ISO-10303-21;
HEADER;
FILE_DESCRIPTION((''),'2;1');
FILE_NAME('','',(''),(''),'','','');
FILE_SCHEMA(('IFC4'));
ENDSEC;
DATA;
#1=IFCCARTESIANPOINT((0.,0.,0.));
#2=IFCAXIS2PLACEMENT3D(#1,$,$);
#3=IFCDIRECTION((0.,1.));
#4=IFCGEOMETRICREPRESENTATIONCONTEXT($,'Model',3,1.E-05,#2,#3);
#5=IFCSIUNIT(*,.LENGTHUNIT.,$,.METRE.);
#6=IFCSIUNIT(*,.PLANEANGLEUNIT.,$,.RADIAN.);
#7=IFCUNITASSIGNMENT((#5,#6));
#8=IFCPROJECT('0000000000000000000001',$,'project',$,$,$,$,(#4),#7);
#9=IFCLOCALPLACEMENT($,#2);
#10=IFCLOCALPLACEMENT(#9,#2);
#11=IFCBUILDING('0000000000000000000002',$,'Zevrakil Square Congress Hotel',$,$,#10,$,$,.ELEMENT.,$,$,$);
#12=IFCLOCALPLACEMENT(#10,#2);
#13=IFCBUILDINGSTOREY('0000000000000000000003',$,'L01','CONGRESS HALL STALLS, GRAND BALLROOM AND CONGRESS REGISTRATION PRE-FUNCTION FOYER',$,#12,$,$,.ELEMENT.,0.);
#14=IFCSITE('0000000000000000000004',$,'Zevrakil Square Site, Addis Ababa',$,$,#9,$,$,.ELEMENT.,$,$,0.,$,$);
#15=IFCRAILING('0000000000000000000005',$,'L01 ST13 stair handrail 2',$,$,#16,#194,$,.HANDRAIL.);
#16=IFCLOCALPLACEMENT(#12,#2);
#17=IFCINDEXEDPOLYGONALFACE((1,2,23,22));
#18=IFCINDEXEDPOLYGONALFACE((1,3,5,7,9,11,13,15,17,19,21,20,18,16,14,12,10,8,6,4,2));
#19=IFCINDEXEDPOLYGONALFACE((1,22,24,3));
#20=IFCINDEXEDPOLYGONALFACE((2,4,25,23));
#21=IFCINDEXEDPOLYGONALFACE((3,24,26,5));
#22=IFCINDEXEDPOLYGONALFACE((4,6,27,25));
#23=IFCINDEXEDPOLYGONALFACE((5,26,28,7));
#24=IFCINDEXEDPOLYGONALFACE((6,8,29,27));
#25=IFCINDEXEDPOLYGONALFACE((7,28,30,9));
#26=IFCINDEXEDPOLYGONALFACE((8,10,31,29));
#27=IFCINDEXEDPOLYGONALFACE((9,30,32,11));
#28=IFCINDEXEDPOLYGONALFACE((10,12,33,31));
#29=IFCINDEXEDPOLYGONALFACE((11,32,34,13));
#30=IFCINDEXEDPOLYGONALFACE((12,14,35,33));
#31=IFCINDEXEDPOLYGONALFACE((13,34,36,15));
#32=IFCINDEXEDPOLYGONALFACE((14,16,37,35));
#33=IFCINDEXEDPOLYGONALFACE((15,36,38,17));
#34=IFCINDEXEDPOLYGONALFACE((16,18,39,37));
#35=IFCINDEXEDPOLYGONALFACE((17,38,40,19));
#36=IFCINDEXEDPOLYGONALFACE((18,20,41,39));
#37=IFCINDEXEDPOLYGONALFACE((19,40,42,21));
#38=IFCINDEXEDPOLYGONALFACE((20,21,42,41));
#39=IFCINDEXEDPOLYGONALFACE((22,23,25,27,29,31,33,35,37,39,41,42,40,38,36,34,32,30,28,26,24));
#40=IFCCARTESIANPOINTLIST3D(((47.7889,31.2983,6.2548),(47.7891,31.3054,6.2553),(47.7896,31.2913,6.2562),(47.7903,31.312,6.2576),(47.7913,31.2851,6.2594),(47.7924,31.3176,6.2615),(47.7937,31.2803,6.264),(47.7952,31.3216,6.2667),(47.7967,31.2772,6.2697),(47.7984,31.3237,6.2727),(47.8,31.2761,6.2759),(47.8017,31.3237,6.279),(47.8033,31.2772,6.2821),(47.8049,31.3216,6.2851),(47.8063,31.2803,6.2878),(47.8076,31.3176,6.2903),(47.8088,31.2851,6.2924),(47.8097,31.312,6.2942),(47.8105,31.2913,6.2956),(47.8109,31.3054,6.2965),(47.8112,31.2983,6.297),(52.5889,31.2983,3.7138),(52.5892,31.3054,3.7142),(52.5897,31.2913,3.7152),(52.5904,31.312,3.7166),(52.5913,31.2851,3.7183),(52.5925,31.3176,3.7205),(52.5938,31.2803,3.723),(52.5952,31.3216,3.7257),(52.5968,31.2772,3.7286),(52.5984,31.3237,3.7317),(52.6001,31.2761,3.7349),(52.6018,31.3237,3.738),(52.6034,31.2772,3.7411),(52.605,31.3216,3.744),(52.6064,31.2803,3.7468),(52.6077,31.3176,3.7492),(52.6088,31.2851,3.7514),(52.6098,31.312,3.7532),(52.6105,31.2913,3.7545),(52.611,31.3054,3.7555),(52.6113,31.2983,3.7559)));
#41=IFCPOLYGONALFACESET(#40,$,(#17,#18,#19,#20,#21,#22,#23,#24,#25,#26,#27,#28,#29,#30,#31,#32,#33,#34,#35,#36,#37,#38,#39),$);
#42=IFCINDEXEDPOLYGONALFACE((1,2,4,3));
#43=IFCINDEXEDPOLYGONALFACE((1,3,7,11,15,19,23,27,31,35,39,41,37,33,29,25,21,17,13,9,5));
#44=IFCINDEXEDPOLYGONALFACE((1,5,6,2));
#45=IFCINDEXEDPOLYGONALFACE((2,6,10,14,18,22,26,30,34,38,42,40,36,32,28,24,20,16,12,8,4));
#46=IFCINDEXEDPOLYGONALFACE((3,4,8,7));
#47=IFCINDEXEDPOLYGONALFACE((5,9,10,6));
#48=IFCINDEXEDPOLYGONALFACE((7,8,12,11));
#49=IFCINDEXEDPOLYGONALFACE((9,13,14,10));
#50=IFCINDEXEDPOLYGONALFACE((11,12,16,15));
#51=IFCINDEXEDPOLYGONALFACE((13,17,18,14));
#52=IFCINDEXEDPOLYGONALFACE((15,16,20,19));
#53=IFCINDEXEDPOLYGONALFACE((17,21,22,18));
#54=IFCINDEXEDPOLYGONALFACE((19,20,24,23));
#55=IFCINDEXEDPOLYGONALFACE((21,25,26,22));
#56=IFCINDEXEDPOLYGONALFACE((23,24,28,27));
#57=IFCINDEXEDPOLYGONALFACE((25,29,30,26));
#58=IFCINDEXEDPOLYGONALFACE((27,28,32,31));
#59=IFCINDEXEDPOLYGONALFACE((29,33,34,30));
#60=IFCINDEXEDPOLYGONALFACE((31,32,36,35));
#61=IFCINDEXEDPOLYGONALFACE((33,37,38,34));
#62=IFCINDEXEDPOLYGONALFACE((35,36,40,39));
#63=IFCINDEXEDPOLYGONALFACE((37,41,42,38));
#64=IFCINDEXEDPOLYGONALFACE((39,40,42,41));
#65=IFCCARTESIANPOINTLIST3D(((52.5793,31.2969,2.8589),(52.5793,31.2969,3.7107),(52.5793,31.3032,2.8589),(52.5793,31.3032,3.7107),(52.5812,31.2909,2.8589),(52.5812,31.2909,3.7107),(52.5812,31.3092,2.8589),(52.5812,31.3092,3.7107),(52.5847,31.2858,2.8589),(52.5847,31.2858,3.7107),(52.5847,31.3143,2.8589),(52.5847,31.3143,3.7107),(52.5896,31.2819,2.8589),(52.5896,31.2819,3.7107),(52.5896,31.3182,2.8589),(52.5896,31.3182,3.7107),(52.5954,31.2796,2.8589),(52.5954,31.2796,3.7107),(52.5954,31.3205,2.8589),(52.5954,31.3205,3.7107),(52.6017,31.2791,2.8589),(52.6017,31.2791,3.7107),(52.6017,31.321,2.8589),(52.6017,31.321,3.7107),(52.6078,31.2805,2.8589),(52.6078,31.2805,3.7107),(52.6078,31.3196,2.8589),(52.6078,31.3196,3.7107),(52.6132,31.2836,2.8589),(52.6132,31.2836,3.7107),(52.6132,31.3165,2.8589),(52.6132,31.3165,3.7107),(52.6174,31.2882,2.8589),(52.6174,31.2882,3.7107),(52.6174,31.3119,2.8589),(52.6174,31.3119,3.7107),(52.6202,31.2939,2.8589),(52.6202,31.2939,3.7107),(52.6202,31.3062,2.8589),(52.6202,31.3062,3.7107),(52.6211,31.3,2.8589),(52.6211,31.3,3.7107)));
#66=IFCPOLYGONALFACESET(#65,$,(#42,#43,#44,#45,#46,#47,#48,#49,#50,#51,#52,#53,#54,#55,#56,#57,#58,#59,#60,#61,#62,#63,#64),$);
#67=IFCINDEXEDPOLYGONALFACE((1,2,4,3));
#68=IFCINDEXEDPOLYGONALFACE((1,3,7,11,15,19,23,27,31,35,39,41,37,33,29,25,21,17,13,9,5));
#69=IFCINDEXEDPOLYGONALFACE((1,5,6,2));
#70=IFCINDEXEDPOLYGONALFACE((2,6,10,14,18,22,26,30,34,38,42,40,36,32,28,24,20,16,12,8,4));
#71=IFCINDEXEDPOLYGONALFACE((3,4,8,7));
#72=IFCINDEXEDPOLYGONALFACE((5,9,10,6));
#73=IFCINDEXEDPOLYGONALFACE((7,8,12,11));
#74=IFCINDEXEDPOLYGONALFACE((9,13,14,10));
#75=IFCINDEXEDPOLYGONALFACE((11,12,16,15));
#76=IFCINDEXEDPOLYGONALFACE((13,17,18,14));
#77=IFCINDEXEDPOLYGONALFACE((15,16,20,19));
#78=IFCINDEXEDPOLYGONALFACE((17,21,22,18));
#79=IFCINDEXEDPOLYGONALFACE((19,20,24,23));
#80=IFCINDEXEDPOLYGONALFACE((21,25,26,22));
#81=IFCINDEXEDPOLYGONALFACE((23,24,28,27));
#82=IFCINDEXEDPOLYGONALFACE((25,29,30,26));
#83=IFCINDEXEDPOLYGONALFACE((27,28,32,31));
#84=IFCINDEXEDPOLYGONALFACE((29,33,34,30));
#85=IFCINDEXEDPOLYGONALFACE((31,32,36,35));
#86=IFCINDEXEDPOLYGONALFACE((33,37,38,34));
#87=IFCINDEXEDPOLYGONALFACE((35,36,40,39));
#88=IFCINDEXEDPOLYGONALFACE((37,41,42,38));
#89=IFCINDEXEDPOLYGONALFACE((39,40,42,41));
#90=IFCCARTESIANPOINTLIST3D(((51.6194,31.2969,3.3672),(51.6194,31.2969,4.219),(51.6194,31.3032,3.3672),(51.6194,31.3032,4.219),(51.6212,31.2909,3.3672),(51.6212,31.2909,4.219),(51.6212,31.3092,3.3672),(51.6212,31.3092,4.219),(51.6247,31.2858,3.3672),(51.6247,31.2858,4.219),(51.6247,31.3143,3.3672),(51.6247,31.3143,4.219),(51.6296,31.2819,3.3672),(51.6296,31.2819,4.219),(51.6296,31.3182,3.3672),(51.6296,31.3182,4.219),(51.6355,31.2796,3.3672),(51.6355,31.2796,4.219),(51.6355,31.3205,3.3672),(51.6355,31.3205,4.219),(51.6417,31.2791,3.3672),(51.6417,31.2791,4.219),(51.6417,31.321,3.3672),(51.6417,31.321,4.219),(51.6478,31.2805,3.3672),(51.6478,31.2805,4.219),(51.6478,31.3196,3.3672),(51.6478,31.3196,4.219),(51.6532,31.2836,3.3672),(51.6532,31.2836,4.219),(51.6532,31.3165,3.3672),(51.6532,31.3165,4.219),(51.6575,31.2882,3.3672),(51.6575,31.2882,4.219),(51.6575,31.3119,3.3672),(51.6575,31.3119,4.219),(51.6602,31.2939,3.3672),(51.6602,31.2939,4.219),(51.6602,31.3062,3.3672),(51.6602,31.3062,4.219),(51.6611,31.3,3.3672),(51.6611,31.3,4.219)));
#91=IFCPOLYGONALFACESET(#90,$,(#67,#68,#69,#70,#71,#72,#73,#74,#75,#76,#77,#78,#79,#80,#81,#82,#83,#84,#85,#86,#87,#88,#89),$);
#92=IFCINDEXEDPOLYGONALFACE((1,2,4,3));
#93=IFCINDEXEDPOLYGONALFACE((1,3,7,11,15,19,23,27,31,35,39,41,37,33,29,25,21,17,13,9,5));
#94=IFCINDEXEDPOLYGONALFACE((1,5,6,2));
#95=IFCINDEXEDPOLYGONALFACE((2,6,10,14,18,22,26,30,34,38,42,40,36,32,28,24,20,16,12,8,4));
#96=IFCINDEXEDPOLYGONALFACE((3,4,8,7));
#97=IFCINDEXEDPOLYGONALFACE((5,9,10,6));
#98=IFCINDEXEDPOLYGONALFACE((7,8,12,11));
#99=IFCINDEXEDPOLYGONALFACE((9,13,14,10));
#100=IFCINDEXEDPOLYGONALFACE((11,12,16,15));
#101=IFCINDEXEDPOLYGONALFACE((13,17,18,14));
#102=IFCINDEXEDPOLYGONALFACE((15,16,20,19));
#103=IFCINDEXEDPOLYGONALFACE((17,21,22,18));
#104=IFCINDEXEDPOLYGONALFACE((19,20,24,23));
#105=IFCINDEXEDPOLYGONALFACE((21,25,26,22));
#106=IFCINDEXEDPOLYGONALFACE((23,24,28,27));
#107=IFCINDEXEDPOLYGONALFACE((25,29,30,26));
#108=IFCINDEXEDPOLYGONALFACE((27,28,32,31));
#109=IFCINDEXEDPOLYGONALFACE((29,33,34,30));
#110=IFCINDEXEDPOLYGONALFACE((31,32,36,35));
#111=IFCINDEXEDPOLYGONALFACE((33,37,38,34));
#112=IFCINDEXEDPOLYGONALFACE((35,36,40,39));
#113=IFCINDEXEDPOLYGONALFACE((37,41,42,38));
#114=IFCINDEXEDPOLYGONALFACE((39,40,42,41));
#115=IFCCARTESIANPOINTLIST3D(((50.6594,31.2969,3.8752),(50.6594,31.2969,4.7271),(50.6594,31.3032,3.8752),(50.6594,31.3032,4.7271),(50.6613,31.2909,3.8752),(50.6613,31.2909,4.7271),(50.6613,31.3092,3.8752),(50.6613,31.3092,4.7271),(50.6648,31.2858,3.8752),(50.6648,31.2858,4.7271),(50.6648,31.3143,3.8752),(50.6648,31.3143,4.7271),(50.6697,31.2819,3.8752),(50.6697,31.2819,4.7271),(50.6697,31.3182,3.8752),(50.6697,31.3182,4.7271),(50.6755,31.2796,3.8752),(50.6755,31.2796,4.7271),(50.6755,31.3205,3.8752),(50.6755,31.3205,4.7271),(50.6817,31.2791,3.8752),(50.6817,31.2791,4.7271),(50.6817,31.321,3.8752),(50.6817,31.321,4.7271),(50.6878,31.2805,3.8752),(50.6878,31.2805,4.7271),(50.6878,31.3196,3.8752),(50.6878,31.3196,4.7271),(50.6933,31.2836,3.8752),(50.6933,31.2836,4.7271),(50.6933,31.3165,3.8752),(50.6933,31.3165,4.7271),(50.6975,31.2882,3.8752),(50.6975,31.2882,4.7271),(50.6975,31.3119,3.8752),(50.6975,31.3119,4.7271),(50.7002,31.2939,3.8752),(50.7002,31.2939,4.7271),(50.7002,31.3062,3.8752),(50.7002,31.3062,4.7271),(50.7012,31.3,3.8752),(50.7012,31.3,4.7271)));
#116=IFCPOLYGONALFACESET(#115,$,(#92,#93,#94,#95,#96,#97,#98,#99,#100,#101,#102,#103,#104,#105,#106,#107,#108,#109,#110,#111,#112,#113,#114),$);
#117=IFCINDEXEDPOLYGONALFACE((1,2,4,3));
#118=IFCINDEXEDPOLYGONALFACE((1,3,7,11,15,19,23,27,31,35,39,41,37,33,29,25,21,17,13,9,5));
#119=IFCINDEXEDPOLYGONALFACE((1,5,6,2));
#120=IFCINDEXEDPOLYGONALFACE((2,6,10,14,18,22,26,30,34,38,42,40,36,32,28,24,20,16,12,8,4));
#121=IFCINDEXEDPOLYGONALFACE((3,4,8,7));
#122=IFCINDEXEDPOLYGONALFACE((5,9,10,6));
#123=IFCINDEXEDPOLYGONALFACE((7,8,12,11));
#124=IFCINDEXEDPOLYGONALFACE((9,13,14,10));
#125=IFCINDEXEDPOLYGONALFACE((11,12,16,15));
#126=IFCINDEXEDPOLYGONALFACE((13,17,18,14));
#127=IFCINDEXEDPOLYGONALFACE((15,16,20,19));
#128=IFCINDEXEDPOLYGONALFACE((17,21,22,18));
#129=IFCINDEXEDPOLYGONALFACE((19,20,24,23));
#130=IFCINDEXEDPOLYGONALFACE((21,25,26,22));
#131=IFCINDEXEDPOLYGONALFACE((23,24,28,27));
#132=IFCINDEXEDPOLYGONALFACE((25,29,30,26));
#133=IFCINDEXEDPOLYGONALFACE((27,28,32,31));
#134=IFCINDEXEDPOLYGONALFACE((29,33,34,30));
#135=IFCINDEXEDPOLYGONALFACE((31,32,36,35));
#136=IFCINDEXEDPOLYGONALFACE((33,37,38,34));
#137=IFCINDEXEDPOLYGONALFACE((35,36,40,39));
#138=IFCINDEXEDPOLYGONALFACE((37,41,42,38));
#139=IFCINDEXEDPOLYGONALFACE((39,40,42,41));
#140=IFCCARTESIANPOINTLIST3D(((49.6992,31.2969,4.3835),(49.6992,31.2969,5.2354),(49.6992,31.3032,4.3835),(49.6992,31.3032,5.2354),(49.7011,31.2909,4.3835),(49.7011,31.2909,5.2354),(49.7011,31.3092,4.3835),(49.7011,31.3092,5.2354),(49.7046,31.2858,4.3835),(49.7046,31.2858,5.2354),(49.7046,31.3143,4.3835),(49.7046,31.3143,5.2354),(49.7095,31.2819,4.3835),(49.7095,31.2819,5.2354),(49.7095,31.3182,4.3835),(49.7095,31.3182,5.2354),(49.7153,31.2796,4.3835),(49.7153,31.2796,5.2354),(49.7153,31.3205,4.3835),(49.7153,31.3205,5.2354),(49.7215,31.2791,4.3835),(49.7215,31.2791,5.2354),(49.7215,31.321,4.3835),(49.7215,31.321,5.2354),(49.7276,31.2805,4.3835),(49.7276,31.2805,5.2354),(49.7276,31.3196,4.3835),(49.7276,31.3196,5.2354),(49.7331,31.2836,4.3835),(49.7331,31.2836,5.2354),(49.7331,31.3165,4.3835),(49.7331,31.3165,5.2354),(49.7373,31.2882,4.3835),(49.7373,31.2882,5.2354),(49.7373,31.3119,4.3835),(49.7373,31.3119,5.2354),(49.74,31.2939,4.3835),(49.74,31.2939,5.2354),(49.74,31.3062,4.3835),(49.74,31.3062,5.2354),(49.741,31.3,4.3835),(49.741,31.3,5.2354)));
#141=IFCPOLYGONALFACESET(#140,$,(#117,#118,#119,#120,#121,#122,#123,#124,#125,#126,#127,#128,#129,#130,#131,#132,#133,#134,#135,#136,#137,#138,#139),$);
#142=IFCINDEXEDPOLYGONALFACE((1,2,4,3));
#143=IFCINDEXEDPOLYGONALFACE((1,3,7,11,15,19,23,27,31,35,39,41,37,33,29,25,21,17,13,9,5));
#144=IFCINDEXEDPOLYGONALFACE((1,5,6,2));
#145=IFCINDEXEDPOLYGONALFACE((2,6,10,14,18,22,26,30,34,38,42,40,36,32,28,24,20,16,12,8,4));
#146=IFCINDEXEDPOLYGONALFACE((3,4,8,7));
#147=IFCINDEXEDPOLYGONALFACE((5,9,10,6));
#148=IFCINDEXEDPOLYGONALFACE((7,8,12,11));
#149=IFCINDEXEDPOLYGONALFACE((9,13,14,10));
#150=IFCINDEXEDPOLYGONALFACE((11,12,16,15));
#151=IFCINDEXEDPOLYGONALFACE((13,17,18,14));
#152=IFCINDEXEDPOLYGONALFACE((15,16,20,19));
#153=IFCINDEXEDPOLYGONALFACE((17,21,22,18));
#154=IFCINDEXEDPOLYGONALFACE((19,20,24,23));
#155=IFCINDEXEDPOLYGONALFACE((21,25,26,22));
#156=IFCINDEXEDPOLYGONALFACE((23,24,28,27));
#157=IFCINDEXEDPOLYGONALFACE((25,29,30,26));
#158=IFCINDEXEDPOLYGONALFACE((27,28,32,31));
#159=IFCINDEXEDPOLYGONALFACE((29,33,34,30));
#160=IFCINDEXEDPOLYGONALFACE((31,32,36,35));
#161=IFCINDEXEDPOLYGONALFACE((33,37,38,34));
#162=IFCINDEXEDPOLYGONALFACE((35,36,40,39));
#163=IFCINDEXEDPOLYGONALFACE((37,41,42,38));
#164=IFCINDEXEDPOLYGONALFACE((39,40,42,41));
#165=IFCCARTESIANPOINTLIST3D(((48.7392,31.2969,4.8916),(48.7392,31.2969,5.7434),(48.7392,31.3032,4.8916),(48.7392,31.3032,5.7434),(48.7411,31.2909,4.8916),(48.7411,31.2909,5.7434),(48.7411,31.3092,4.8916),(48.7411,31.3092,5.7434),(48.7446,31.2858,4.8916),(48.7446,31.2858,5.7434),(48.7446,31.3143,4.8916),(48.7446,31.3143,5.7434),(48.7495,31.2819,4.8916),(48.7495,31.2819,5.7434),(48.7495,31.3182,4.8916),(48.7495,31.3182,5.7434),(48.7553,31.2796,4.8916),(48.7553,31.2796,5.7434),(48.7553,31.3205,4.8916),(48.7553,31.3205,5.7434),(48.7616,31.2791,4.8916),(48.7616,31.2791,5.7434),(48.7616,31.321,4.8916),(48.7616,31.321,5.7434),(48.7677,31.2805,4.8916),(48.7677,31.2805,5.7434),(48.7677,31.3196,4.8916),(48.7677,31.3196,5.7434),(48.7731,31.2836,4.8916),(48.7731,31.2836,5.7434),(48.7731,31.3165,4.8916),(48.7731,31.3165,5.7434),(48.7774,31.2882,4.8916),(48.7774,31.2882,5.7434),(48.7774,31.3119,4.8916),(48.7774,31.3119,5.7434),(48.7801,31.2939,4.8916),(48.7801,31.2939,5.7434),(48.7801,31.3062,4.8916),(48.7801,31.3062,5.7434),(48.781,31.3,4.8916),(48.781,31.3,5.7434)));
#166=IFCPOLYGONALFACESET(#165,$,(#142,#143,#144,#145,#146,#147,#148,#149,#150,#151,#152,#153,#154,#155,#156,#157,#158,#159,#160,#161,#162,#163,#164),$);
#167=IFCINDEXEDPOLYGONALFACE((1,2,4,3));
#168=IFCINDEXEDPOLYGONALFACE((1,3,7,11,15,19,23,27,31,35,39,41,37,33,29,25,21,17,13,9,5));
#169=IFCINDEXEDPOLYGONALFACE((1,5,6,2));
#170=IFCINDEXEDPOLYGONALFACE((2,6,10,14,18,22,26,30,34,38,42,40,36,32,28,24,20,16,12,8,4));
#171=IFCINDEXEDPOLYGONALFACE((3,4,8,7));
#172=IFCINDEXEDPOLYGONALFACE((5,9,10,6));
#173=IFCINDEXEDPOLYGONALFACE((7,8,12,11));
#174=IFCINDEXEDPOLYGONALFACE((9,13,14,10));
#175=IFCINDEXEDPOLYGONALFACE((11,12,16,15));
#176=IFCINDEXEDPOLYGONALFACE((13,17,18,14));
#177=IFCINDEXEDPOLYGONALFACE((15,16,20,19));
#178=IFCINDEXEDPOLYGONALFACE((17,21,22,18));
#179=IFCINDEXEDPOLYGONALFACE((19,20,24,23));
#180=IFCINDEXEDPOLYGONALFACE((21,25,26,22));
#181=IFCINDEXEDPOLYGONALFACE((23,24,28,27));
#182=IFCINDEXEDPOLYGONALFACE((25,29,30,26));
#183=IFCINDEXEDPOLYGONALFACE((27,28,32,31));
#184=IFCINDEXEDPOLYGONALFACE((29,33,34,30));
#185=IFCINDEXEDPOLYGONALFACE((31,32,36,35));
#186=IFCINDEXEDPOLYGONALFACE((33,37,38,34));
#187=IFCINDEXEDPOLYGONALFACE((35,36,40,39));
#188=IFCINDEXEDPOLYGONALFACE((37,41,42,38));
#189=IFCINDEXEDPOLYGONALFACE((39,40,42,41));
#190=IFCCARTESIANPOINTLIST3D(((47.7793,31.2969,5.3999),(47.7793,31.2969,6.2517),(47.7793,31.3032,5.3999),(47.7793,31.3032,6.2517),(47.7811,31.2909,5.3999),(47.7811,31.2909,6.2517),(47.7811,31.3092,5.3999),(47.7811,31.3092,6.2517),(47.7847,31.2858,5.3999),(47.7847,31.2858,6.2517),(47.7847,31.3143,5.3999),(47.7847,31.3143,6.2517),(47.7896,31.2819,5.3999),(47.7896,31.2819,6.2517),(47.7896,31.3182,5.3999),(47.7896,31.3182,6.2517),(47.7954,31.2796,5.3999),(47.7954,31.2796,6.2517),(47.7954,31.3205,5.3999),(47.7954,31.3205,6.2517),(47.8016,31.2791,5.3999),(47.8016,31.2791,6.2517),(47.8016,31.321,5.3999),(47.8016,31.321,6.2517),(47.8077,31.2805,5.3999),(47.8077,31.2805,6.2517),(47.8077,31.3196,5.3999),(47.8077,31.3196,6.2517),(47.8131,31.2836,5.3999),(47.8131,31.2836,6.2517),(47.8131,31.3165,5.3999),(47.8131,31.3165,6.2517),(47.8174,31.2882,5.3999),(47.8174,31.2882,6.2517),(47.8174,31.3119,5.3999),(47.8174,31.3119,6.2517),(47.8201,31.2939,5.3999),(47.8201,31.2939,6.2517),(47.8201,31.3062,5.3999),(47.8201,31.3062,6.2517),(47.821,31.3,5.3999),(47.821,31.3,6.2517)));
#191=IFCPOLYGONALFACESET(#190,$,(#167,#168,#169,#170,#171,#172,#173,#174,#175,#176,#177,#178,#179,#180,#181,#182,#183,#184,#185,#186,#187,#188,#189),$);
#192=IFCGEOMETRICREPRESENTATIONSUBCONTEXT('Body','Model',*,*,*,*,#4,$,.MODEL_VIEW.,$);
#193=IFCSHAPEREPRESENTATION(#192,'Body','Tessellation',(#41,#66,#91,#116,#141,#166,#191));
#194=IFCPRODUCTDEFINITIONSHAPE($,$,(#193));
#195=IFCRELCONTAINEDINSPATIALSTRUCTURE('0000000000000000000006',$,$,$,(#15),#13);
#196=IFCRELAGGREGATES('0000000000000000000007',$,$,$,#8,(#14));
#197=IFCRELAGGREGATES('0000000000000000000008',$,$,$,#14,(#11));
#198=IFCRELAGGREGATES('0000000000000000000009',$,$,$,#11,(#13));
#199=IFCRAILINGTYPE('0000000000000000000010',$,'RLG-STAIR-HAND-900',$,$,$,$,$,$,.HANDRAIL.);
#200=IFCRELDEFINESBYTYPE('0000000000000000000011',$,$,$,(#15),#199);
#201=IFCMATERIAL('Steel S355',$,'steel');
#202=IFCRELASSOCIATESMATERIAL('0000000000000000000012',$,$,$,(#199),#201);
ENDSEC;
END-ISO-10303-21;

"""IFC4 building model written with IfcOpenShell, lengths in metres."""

from ifc_helpers import new_model, si_unit, direction, frame, origin, origin_2d, place, context, subcontext, project, spatial, circle, extrude, material, type_object, element, save


model = new_model("IFC4")

# Units and contexts
model_context = context("Model", 3, precision=1e-05, world=origin(), true_north=direction((0.0, 1.0)))
body_context = subcontext(model_context, "Body", "Model", "MODEL_VIEW")
ifc_project = project(units=[si_unit("LENGTHUNIT", "METRE"), si_unit("PLANEANGLEUNIT", "RADIAN")], contexts=[model_context])

# Site, building, storey
site_placement = place(None, origin())
site = spatial("IfcSite", under=ifc_project, at=site_placement, Name="Zevrakil Square Site, Addis Ababa", CompositionType="ELEMENT", RefElevation=0.0)
building_placement = place(site_placement, origin())
building = spatial("IfcBuilding", under=site, at=building_placement, Name="Zevrakil Square Congress Hotel", CompositionType="ELEMENT")
storey_placement = place(building_placement, origin())
storey = spatial("IfcBuildingStorey", under=building, at=storey_placement, Name="L01", Description="CONGRESS HALL STALLS, GRAND BALLROOM AND CONGRESS REGISTRATION PRE-FUNCTION FOYER", CompositionType="ELEMENT", Elevation=0.0)

# Railing
ifc_material_1 = material(Name="Steel S355", Category="steel")
railing_type_1 = type_object("IfcRailingType", Name="RLG-STAIR-HAND-900", PredefinedType="HANDRAIL", material=ifc_material_1)
railing_1_placement = place(storey_placement, frame((52.6001, 31.3, 2.8589)))
element("IfcRailing", 1, at=railing_1_placement, inside=storey, type_object=railing_type_1, Name="L01 ST13 stair handrail 2", PredefinedType="HANDRAIL", context=body_context, shape_type="SweptSolid", body=[
    extrude(circle(Radius=0.0239, at=origin_2d()), frame((0.0, 0.0, 0.876), z_axis=(-0.883802, 0.0, 0.467861), x_axis=(0.0, -1.0, 0.0)), (0.0, 0.0, 1.0), 5.4312),
    extrude(circle(Radius=0.021, at=origin_2d()), origin(), (0.0, 0.0, 1.0), 0.8518),
    extrude(circle(Radius=0.021, at=origin_2d()), frame((-0.96, 0.0, 0.5083)), (0.0, 0.0, 1.0), 0.8518),
    extrude(circle(Radius=0.021, at=origin_2d()), frame((-1.9199, 0.0, 1.0164)), (0.0, 0.0, 1.0), 0.8518),
    extrude(circle(Radius=0.021, at=origin_2d()), frame((-2.8801, 0.0, 1.5247)), (0.0, 0.0, 1.0), 0.8518),
    extrude(circle(Radius=0.021, at=origin_2d()), frame((-3.8401, 0.0, 2.0327)), (0.0, 0.0, 1.0), 0.8518),
    extrude(circle(Radius=0.021, at=origin_2d()), frame((-4.8, 0.0, 2.541)), (0.0, 0.0, 1.0), 0.8518),
])

save(model, "model.ifc")
